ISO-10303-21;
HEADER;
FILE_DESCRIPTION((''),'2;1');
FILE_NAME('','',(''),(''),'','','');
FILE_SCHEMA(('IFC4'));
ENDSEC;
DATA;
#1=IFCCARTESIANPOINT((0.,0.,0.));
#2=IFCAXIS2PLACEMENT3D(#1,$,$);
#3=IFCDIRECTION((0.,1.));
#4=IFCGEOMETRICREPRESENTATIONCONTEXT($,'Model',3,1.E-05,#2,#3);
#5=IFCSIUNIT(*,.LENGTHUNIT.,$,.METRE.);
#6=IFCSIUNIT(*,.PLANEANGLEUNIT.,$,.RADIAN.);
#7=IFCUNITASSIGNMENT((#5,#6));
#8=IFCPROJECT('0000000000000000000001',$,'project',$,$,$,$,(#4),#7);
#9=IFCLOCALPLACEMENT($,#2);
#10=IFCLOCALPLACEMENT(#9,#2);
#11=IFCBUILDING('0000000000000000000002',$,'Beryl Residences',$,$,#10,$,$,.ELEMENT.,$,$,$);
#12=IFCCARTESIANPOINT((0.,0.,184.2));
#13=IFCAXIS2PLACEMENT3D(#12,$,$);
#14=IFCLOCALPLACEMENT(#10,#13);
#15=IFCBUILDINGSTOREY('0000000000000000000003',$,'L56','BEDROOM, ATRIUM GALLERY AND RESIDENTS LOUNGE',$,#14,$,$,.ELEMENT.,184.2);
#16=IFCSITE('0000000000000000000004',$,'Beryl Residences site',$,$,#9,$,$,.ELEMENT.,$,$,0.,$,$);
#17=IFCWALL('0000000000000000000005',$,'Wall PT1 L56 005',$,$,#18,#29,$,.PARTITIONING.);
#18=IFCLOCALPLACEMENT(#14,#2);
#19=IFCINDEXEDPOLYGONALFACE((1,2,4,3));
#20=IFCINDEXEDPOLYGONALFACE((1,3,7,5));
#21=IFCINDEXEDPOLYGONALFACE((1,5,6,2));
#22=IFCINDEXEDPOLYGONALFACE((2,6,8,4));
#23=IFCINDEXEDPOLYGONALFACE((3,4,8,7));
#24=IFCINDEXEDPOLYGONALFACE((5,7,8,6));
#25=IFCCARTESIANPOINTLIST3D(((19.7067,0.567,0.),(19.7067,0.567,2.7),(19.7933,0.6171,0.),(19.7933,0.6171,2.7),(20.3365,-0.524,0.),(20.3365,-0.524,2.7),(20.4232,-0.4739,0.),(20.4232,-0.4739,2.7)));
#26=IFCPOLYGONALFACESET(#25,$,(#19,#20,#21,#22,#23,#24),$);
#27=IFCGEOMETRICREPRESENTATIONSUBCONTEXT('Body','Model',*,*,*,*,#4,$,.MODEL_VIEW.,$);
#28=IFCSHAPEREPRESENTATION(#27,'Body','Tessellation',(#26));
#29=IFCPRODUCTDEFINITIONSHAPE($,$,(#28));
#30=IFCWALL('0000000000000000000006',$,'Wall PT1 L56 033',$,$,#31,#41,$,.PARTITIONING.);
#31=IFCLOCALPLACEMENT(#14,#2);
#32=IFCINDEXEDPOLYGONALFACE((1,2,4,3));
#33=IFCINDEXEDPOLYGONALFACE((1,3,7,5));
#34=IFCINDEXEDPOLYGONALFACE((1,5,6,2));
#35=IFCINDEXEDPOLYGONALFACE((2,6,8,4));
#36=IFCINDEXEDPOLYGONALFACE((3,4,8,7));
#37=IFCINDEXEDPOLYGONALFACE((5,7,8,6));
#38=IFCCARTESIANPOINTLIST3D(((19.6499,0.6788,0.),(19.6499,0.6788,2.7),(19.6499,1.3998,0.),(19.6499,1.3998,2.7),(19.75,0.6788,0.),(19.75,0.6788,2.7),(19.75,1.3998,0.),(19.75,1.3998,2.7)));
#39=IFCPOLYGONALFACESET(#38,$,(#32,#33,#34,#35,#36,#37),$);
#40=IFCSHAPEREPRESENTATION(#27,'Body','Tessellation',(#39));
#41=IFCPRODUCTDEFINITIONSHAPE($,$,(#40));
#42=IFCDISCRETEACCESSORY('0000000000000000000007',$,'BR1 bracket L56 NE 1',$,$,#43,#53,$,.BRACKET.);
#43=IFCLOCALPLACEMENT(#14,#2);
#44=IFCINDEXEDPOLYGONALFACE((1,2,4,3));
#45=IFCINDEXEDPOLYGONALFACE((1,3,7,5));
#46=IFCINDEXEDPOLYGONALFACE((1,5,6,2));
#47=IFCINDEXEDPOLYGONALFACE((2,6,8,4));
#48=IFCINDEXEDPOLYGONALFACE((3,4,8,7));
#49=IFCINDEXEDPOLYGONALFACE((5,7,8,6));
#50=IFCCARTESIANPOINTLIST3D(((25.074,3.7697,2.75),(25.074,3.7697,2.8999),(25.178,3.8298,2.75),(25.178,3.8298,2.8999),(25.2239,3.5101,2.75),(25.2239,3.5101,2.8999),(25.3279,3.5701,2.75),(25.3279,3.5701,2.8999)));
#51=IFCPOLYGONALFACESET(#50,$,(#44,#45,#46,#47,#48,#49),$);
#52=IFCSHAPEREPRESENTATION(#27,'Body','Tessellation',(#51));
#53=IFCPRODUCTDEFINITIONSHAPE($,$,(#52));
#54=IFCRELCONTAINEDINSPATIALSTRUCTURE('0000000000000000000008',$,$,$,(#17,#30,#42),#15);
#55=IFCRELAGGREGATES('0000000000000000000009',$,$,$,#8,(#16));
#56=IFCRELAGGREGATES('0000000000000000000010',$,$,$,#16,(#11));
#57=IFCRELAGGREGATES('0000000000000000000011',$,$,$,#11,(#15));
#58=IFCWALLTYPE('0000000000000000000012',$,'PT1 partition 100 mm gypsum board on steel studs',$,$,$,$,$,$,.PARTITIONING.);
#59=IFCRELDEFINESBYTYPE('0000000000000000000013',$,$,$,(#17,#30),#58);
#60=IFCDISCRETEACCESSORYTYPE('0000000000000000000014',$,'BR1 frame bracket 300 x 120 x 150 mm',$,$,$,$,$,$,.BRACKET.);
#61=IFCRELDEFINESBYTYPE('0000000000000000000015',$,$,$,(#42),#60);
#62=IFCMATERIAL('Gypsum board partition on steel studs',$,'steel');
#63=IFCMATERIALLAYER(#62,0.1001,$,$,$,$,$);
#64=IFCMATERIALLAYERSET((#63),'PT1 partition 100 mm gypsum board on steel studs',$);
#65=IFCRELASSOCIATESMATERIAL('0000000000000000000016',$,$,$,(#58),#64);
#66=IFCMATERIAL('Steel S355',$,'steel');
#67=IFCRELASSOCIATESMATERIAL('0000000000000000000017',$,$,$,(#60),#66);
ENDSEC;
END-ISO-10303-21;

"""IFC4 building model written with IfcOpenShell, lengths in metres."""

from ifc_helpers import new_model, si_unit, direction, frame, frame_2d, origin, place, context, subcontext, project, spatial, polyline, rectangle, outline, extrude, source, transform, mapped, material, layer, layer_set, type_object, type_shapes, element, save


model = new_model("IFC4")

# Units and contexts
model_context = context("Model", 3, precision=1e-05, world=origin(), true_north=direction((0.0, 1.0)))
body_context = subcontext(model_context, "Body", "Model", "MODEL_VIEW")
ifc_project = project(units=[si_unit("LENGTHUNIT", "METRE"), si_unit("PLANEANGLEUNIT", "RADIAN")], contexts=[model_context])

# Site, building, storey
site_placement = place(None, origin())
site = spatial("IfcSite", under=ifc_project, at=site_placement, Name="Beryl Residences site", CompositionType="ELEMENT", RefElevation=0.0)
building_placement = place(site_placement, origin())
building = spatial("IfcBuilding", under=site, at=building_placement, Name="Beryl Residences", CompositionType="ELEMENT")
storey_placement = place(building_placement, frame((0.0, 0.0, 184.2)))
storey = spatial("IfcBuildingStorey", under=building, at=storey_placement, Name="L56", Description="BEDROOM, ATRIUM GALLERY AND RESIDENTS LOUNGE", CompositionType="ELEMENT", Elevation=184.2)

# Walls
ifc_material_1 = material(Name="Gypsum board partition on steel studs", Category="steel")
ifc_layer_1 = layer(ifc_material_1, 0.1001)
ifc_layer_set_1 = layer_set([ifc_layer_1], Name="PT1 partition 100 mm gypsum board on steel studs")
wall_type_1 = type_object("IfcWallType", Name="PT1 partition 100 mm gypsum board on steel studs", PredefinedType="PARTITIONING", material=ifc_layer_set_1)
wall_1_placement = place(storey_placement, frame((19.75, 0.592, 0.0), z_axis=(0.0, 0.0, 1.0), x_axis=(0.499974, -0.86604, 0.0)))
element("IfcWall", 1, at=wall_1_placement, inside=storey, type_object=wall_type_1, Name="Wall PT1 L56 005", PredefinedType="PARTITIONING", context=body_context, shape_type="SweptSolid", body=[
    extrude(rectangle(XDim=1.2598, YDim=0.1001, at=frame_2d((0.6299, 0.0))), origin(), (0.0, 0.0, 1.0), 2.7),
])
wall_2_placement = place(storey_placement, frame((19.7, 0.679, 0.0), z_axis=(0.0, 0.0, 1.0), x_axis=(0.0, 1.0, 0.0)))
element("IfcWall", 2, at=wall_2_placement, inside=storey, type_object=wall_type_1, Name="Wall PT1 L56 033", PredefinedType="PARTITIONING", context=body_context, shape_type="SweptSolid", body=[
    extrude(rectangle(XDim=0.7209, YDim=0.1001, at=frame_2d((0.3604, 0.0))), origin(), (0.0, 0.0, 1.0), 2.7),
])

# Discrete accessory
ifc_material_2 = material(Name="Steel S355", Category="steel")
discrete_accessory_type = type_object("IfcDiscreteAccessoryType", Name="BR1 frame bracket 300 x 120 x 150 mm", PredefinedType="BRACKET", material=ifc_material_2)
shared_shape_1 = source(origin(), body_context, "Body", "SweptSolid", [
    extrude(outline(polyline([(-0.1499, 0.0), (0.1499, 0.0), (0.1499, 0.1201), (-0.1499, 0.1201), (-0.1499, 0.0)])), origin(), (0.0, 0.0, 1.0), 0.1499),
])
type_shapes(discrete_accessory_type, [shared_shape_1])
discrete_accessory_placement = place(storey_placement, frame((25.1489, 3.6399, 2.75), z_axis=(0.0, 0.0, 1.0), x_axis=(0.5, -0.866025, 0.0)))
element("IfcDiscreteAccessory", 3, at=discrete_accessory_placement, inside=storey, type_object=discrete_accessory_type, Name="BR1 bracket L56 NE 1", PredefinedType="BRACKET", context=body_context, shape_type="MappedRepresentation", body=[
    mapped(shared_shape_1, transform((0.0, 0.0, 0.0))),
])

save(model, "model.ifc")
